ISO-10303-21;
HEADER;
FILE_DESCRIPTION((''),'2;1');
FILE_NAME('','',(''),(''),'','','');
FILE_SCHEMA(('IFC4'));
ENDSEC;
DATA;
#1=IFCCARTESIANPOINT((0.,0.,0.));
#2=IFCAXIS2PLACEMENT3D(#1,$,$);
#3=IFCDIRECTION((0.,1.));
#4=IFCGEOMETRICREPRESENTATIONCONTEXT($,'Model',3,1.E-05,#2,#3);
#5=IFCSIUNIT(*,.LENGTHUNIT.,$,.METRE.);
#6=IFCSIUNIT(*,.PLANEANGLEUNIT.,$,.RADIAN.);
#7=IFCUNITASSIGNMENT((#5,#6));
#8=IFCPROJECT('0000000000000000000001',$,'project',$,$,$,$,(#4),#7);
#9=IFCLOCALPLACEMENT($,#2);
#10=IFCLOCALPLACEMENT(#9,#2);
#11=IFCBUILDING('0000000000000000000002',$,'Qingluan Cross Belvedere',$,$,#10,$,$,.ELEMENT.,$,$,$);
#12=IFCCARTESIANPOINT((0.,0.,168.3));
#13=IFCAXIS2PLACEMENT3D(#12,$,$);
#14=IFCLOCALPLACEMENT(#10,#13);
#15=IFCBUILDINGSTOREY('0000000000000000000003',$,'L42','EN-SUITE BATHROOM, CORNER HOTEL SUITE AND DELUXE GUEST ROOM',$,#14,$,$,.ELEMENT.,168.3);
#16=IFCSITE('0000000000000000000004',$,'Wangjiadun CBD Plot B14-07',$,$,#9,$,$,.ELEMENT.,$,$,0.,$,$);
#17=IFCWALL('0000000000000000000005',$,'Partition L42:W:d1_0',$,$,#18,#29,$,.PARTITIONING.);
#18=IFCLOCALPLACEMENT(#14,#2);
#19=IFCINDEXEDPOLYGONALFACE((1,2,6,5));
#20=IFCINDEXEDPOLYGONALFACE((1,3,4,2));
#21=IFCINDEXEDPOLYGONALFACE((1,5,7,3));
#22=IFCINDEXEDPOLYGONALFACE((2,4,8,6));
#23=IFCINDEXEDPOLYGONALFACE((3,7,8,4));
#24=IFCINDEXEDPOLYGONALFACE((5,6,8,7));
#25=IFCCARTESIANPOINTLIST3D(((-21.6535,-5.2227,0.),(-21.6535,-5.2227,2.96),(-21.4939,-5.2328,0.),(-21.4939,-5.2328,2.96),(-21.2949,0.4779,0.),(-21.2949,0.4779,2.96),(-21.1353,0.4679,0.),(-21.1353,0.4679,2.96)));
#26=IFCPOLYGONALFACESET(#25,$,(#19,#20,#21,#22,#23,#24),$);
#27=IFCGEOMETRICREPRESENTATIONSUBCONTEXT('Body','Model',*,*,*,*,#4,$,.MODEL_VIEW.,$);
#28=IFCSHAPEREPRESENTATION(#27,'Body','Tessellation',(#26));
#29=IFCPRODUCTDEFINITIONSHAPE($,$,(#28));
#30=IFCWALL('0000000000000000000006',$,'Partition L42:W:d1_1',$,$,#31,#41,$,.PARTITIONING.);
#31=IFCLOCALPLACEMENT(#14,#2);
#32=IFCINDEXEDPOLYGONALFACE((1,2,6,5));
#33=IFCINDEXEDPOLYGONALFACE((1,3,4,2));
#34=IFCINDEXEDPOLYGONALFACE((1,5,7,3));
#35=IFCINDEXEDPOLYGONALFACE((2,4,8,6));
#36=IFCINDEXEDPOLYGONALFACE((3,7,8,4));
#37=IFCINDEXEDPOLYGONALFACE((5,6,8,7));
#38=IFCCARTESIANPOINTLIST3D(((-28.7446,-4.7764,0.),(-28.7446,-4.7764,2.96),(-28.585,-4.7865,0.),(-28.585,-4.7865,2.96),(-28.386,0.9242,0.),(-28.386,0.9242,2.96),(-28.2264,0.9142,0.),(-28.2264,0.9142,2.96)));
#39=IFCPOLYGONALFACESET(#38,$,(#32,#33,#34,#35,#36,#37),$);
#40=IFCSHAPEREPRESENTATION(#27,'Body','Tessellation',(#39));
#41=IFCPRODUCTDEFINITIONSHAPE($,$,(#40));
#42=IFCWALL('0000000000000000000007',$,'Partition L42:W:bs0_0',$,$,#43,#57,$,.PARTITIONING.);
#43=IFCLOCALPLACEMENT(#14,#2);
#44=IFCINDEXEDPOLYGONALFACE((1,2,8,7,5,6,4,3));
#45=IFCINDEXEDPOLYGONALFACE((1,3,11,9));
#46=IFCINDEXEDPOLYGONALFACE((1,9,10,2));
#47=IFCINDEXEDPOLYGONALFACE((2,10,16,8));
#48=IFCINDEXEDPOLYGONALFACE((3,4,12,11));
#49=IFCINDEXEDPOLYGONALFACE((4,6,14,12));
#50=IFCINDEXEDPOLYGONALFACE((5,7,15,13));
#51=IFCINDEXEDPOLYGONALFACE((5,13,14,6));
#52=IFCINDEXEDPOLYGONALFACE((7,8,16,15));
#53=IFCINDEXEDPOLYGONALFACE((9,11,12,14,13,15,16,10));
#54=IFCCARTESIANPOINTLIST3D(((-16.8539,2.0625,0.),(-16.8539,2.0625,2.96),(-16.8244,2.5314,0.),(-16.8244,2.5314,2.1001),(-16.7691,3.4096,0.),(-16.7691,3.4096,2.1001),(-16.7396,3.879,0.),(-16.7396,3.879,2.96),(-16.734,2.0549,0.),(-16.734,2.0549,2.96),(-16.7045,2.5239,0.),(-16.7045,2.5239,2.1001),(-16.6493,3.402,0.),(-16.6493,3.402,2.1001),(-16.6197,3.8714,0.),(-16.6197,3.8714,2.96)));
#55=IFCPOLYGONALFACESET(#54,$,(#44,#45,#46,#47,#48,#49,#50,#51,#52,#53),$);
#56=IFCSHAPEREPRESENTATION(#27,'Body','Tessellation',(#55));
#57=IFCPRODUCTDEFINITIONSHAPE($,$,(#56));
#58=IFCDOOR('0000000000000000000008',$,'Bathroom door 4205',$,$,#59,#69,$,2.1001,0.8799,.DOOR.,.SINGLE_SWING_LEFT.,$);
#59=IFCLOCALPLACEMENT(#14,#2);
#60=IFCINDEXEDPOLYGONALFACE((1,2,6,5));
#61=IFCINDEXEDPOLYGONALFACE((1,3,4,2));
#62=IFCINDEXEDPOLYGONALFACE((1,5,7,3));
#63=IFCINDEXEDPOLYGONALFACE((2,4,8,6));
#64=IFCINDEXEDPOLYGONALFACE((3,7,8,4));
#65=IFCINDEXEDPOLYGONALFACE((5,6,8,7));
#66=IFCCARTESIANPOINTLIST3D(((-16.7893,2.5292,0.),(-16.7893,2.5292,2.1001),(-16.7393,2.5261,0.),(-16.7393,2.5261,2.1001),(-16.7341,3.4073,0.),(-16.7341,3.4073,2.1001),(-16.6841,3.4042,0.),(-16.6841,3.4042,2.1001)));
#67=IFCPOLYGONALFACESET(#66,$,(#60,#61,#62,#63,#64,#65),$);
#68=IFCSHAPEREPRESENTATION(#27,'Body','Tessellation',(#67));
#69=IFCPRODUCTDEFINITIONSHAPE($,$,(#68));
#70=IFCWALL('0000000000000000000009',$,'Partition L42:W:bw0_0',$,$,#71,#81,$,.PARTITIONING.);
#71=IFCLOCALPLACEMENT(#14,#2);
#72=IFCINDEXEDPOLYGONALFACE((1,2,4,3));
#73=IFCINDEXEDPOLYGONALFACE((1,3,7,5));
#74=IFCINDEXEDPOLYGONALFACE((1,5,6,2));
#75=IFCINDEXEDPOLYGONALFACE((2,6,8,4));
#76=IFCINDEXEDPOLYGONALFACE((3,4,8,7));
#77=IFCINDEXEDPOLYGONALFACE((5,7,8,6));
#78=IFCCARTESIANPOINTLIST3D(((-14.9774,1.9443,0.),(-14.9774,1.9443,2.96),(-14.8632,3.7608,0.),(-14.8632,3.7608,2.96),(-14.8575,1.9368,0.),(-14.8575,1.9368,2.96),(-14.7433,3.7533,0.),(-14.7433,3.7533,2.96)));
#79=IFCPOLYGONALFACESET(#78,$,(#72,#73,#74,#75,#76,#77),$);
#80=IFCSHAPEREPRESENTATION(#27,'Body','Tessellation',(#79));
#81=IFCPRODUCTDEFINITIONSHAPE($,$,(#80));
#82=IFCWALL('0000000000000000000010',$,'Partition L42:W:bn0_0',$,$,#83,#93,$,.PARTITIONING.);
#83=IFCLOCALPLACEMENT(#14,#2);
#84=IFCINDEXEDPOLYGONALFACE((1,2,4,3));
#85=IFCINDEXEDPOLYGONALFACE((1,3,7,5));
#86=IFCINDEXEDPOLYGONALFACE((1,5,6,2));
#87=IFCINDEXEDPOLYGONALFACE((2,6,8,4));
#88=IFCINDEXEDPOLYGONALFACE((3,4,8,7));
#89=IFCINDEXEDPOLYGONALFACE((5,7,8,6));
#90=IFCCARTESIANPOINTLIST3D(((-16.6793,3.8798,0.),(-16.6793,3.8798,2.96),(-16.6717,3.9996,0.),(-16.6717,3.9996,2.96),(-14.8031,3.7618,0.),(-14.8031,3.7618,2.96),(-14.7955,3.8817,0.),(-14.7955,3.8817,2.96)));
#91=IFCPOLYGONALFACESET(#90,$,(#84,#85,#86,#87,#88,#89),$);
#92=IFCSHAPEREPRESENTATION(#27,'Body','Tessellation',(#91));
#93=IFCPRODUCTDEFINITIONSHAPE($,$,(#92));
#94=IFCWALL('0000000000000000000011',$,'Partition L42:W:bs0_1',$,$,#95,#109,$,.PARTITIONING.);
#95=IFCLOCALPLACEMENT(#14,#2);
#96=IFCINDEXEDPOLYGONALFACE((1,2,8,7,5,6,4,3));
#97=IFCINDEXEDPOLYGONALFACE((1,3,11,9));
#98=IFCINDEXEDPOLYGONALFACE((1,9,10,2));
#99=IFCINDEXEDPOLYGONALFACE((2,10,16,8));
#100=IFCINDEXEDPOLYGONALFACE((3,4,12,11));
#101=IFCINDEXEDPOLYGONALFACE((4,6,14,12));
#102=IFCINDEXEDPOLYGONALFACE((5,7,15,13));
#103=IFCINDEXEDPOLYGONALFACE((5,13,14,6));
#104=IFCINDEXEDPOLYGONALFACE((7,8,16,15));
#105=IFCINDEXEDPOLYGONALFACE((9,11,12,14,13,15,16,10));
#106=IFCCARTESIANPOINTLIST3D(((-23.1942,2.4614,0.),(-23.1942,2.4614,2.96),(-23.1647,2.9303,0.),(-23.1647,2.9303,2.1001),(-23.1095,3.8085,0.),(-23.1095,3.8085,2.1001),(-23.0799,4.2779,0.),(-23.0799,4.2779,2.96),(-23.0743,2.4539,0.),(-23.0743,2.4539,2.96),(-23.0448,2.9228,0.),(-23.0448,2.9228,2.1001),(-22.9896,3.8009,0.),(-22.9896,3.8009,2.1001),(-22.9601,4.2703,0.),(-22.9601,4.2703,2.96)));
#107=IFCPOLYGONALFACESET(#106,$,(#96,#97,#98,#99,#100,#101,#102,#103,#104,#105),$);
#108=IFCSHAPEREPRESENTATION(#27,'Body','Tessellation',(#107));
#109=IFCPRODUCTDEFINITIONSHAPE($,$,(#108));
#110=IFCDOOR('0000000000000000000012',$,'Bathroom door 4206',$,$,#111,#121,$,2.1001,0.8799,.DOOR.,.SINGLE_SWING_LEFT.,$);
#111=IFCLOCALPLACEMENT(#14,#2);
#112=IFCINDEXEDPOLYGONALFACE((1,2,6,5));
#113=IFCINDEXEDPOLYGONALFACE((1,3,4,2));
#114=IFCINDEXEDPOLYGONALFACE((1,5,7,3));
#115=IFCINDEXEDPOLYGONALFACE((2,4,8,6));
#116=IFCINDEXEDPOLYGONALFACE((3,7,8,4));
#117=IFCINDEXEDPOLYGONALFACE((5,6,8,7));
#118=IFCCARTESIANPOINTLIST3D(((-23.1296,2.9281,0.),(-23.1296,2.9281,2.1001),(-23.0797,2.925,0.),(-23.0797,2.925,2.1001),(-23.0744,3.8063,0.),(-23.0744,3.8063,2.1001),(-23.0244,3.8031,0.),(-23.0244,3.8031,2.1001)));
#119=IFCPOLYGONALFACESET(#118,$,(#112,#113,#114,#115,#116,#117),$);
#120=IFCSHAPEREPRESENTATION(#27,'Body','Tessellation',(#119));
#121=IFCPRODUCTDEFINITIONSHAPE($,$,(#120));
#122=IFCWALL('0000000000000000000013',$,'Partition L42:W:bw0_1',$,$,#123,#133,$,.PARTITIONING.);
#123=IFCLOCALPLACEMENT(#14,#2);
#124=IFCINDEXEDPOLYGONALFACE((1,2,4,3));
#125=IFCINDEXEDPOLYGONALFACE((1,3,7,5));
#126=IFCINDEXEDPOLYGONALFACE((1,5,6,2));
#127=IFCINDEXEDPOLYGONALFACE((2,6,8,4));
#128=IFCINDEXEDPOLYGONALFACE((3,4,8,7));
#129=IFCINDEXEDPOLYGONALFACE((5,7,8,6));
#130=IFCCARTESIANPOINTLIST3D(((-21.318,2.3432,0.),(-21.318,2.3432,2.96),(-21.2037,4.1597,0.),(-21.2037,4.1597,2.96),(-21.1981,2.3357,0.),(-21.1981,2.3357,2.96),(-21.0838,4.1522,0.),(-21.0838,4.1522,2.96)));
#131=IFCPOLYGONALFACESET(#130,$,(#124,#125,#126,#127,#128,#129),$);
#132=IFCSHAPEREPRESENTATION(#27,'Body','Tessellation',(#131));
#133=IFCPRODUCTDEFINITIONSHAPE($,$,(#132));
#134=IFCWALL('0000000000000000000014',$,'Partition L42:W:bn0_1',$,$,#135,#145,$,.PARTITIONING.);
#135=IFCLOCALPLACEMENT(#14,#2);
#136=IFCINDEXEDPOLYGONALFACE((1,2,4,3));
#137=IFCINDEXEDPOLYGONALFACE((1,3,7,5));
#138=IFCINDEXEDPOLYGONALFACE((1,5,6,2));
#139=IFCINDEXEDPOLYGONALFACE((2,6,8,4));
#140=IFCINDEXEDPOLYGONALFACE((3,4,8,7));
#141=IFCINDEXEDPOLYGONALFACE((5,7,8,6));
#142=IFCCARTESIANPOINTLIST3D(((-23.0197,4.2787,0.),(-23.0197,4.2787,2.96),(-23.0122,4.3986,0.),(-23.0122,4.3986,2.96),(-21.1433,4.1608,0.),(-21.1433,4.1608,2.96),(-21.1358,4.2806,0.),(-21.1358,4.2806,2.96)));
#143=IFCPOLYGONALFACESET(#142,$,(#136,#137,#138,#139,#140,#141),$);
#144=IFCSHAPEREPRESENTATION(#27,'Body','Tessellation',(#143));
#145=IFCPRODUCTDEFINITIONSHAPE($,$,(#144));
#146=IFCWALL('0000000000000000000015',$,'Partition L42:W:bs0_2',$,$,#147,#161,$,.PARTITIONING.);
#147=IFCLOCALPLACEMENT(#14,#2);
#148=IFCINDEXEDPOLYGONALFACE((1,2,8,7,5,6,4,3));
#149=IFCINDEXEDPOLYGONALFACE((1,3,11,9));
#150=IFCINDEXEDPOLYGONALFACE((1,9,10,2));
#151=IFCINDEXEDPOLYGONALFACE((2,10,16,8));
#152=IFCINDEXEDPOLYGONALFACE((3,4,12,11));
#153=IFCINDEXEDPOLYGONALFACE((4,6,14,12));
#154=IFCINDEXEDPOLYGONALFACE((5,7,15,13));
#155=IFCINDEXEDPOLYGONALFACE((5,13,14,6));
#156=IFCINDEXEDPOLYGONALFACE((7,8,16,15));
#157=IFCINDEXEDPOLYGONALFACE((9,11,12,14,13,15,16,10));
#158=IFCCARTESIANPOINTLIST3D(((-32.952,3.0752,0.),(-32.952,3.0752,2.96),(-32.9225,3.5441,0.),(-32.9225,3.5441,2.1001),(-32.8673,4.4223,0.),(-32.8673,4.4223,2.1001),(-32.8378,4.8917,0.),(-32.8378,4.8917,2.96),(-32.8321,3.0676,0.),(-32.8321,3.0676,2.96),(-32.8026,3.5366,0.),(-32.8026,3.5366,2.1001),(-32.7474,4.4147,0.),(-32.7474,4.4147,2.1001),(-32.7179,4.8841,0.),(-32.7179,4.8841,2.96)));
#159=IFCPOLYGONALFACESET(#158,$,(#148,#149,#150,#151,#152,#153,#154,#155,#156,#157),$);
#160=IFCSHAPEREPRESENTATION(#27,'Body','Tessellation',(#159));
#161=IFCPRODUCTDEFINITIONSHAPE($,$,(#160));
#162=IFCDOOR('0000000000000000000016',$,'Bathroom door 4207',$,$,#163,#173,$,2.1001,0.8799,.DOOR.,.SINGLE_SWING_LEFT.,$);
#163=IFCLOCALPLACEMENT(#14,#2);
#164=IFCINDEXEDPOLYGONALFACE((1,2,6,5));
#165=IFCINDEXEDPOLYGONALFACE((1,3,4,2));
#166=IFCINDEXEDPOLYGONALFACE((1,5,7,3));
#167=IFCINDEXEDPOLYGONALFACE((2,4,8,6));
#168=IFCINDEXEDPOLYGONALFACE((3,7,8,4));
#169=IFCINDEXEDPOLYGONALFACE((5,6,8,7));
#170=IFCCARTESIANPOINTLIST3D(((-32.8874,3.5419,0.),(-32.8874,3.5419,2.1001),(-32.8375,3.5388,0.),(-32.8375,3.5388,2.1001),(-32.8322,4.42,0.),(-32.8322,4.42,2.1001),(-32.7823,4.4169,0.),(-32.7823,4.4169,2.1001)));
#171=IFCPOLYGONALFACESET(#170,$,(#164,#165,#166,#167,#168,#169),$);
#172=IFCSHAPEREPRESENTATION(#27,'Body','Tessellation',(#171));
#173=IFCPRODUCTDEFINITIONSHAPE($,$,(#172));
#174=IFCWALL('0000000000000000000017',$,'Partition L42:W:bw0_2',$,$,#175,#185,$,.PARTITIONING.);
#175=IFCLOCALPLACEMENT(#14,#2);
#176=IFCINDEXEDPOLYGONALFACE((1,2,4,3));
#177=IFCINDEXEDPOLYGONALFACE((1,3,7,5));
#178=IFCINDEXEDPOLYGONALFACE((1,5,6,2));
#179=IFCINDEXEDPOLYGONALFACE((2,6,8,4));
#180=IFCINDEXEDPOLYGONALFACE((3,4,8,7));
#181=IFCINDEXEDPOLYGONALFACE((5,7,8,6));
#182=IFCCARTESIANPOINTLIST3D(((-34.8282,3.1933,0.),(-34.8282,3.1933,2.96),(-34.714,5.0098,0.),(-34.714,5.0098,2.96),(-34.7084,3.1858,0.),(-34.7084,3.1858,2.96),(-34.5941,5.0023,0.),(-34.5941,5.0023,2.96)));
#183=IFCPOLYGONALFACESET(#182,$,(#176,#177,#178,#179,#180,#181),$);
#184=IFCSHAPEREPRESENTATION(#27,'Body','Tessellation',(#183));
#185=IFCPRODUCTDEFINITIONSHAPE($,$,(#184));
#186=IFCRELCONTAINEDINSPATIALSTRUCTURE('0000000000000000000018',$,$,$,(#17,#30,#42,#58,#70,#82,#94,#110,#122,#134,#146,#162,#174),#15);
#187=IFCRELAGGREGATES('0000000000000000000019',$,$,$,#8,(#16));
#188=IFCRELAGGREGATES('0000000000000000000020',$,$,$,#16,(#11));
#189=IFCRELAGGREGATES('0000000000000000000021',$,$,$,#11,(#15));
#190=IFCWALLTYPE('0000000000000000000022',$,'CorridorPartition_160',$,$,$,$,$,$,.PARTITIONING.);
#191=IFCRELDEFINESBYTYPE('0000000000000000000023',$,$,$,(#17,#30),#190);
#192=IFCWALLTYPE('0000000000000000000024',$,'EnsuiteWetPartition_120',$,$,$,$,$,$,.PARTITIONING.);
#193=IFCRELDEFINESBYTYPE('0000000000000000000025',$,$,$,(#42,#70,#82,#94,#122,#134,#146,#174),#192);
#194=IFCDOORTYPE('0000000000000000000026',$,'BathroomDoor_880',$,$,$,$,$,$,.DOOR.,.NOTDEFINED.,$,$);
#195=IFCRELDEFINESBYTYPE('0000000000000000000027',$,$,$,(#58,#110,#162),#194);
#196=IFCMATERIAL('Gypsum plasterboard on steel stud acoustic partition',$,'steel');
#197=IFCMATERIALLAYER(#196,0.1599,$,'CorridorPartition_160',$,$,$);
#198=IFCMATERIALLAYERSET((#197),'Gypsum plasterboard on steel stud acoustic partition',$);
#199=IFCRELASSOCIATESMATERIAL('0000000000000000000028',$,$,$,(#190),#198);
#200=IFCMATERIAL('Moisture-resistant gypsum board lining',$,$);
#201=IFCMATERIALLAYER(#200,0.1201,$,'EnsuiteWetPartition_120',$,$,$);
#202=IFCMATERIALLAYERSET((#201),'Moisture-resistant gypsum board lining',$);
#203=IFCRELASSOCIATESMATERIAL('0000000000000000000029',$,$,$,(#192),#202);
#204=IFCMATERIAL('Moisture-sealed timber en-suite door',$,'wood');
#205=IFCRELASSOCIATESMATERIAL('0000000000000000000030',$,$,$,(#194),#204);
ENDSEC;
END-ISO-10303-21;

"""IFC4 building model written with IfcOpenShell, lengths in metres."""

from ifc_helpers import new_model, si_unit, direction, frame, frame_2d, origin, place, context, subcontext, project, spatial, rectangle, extrude, material, layer, layer_set, type_object, element, fill, save


model = new_model("IFC4")

# Units and contexts
model_context = context("Model", 3, precision=1e-05, world=origin(), true_north=direction((0.0, 1.0)))
body_context = subcontext(model_context, "Body", "Model", "MODEL_VIEW")
ifc_project = project(units=[si_unit("LENGTHUNIT", "METRE"), si_unit("PLANEANGLEUNIT", "RADIAN")], contexts=[model_context])

# Site, building, storey
site_placement = place(None, origin())
site = spatial("IfcSite", under=ifc_project, at=site_placement, Name="Wangjiadun CBD Plot B14-07", CompositionType="ELEMENT", RefElevation=0.0)
building_placement = place(site_placement, origin())
building = spatial("IfcBuilding", under=site, at=building_placement, Name="Qingluan Cross Belvedere", CompositionType="ELEMENT")
storey_placement = place(building_placement, frame((0.0, 0.0, 168.3)))
storey = spatial("IfcBuildingStorey", under=building, at=storey_placement, Name="L42", Description="EN-SUITE BATHROOM, CORNER HOTEL SUITE AND DELUXE GUEST ROOM", CompositionType="ELEMENT", Elevation=168.3)

# Shared definitions
ifc_material_1 = material(Name="Gypsum plasterboard on steel stud acoustic partition", Category="steel")
ifc_layer_1 = layer(ifc_material_1, 0.1599, Name="CorridorPartition_160")
ifc_layer_set_1 = layer_set([ifc_layer_1], Name="Gypsum plasterboard on steel stud acoustic partition")
wall_type_1 = type_object("IfcWallType", Name="CorridorPartition_160", PredefinedType="PARTITIONING", material=ifc_layer_set_1)

# Walls
for number, where, z_axis, x_axis, name in (
    (1, (-21.2151, 0.4729, 0.0), (0.0, 0.0, 1.0), (-0.062788, -0.998027, 0.0), "Partition L42:W:d1_0"),
    (2, (-28.3062, 0.9192, 0.0), (0.0, 0.0, 1.0), (-0.062788, -0.998027, 0.0), "Partition L42:W:d1_1"),
):
    element("IfcWall", number, at=place(storey_placement, frame(where, z_axis=z_axis, x_axis=x_axis)), inside=storey, type_object=wall_type_1, Name=name, PredefinedType="PARTITIONING", context=body_context, shape_type="SweptSolid", body=[
        extrude(rectangle(XDim=5.7119, YDim=0.1599, at=frame_2d((2.856, 0.0))), origin(), (0.0, 0.0, 1.0), 2.96),
    ])

# Wall, opening, door
ifc_material_2 = material(Name="Moisture-resistant gypsum board lining")
ifc_layer_2 = layer(ifc_material_2, 0.1201, Name="EnsuiteWetPartition_120")
ifc_layer_set_2 = layer_set([ifc_layer_2], Name="Moisture-resistant gypsum board lining")
wall_type_2 = type_object("IfcWallType", Name="EnsuiteWetPartition_120", PredefinedType="PARTITIONING", material=ifc_layer_set_2)
wall_1_placement = place(storey_placement, frame((-16.7939, 2.0586, 0.0), z_axis=(0.0, 0.0, 1.0), x_axis=(0.062779, 0.998027, 0.0)))
wall_1 = element("IfcWall", 3, at=wall_1_placement, inside=storey, type_object=wall_type_2, Name="Partition L42:W:bs0_0", PredefinedType="PARTITIONING", context=body_context, shape_type="SweptSolid", body=[
    extrude(rectangle(XDim=1.8201, YDim=0.1201, at=frame_2d((0.9102, 0.0))), origin(), (0.0, 0.0, 1.0), 2.96),
])
opening_1_placement = place(wall_1_placement, frame((0.47, 0.0, 0.0)))
opening_1 = element("IfcOpeningElement", 4, at=opening_1_placement, cuts=wall_1, PredefinedType="OPENING", context=body_context, shape_type="SweptSolid", body=[
    extrude(rectangle(XDim=0.8799, YDim=2.1001, at=frame_2d((0.4399, 1.05))), frame((0.0, 0.0701, 0.0), z_axis=(0.0, -1.0, 0.0), x_axis=(1.0, 0.0, 0.0)), (0.0, 0.0, 1.0), 0.1401),
])
ifc_material_3 = material(Name="Moisture-sealed timber en-suite door", Category="wood")
door_type_1 = type_object("IfcDoorType", Name="BathroomDoor_880", OperationType="NOTDEFINED", PredefinedType="DOOR", material=ifc_material_3)
door_1_placement = place(opening_1_placement, origin())
door_1 = element("IfcDoor", 5, at=door_1_placement, inside=storey, type_object=door_type_1, Name="Bathroom door 4205", OperationType="SINGLE_SWING_LEFT", OverallHeight=2.1001, OverallWidth=0.8799, PredefinedType="DOOR", context=body_context, shape_type="SweptSolid", body=[
    extrude(rectangle(XDim=0.8799, YDim=2.1001, at=frame_2d((0.4399, 1.05))), frame((0.0, 0.0249, 0.0), z_axis=(0.0, -1.0, 0.0), x_axis=(1.0, 0.0, 0.0)), (0.0, 0.0, 1.0), 0.05),
])
fill(opening_1, door_1)

# Walls
wall_2_placement = place(storey_placement, frame((-14.9175, 1.9404, 0.0), z_axis=(0.0, 0.0, 1.0), x_axis=(0.062779, 0.998027, 0.0)))
element("IfcWall", 6, at=wall_2_placement, inside=storey, type_object=wall_type_2, Name="Partition L42:W:bw0_0", PredefinedType="PARTITIONING", context=body_context, shape_type="SweptSolid", body=[
    extrude(rectangle(XDim=1.8201, YDim=0.1201, at=frame_2d((0.9102, 0.0))), origin(), (0.0, 0.0, 1.0), 2.96),
])
wall_3_placement = place(storey_placement, frame((-14.7993, 3.8218, 0.0), z_axis=(0.0, 0.0, 1.0), x_axis=(-0.998031, 0.062726, 0.0)))
element("IfcWall", 7, at=wall_3_placement, inside=storey, type_object=wall_type_2, Name="Partition L42:W:bn0_0", PredefinedType="PARTITIONING", context=body_context, shape_type="SweptSolid", body=[
    extrude(rectangle(XDim=1.8799, YDim=0.1201, at=frame_2d((0.9399, 0.0))), origin(), (0.0, 0.0, 1.0), 2.96),
])

# Wall, opening, door
wall_4_placement = place(storey_placement, frame((-23.1343, 2.4575, 0.0), z_axis=(0.0, 0.0, 1.0), x_axis=(0.062779, 0.998027, 0.0)))
wall_4 = element("IfcWall", 8, at=wall_4_placement, inside=storey, type_object=wall_type_2, Name="Partition L42:W:bs0_1", PredefinedType="PARTITIONING", context=body_context, shape_type="SweptSolid", body=[
    extrude(rectangle(XDim=1.8201, YDim=0.1201, at=frame_2d((0.9102, 0.0))), origin(), (0.0, 0.0, 1.0), 2.96),
])
opening_2_placement = place(wall_4_placement, frame((0.47, 0.0, 0.0)))
opening_2 = element("IfcOpeningElement", 9, at=opening_2_placement, cuts=wall_4, PredefinedType="OPENING", context=body_context, shape_type="SweptSolid", body=[
    extrude(rectangle(XDim=0.8799, YDim=2.1001, at=frame_2d((0.4399, 1.05))), frame((0.0, 0.0701, 0.0), z_axis=(0.0, -1.0, 0.0), x_axis=(1.0, 0.0, 0.0)), (0.0, 0.0, 1.0), 0.1401),
])
door_2_placement = place(opening_2_placement, origin())
door_2 = element("IfcDoor", 10, at=door_2_placement, inside=storey, type_object=door_type_1, Name="Bathroom door 4206", OperationType="SINGLE_SWING_LEFT", OverallHeight=2.1001, OverallWidth=0.8799, PredefinedType="DOOR", context=body_context, shape_type="SweptSolid", body=[
    extrude(rectangle(XDim=0.8799, YDim=2.1001, at=frame_2d((0.4399, 1.05))), frame((0.0, 0.0249, 0.0), z_axis=(0.0, -1.0, 0.0), x_axis=(1.0, 0.0, 0.0)), (0.0, 0.0, 1.0), 0.05),
])
fill(opening_2, door_2)

# Walls
wall_5_placement = place(storey_placement, frame((-21.2581, 2.3394, 0.0), z_axis=(0.0, 0.0, 1.0), x_axis=(0.062779, 0.998027, 0.0)))
element("IfcWall", 11, at=wall_5_placement, inside=storey, type_object=wall_type_2, Name="Partition L42:W:bw0_1", PredefinedType="PARTITIONING", context=body_context, shape_type="SweptSolid", body=[
    extrude(rectangle(XDim=1.8201, YDim=0.1201, at=frame_2d((0.9102, 0.0))), origin(), (0.0, 0.0, 1.0), 2.96),
])
wall_6_placement = place(storey_placement, frame((-21.1396, 4.2207, 0.0), z_axis=(0.0, 0.0, 1.0), x_axis=(-0.998031, 0.062718, 0.0)))
element("IfcWall", 12, at=wall_6_placement, inside=storey, type_object=wall_type_2, Name="Partition L42:W:bn0_1", PredefinedType="PARTITIONING", context=body_context, shape_type="SweptSolid", body=[
    extrude(rectangle(XDim=1.8801, YDim=0.1201, at=frame_2d((0.9399, 0.0))), origin(), (0.0, 0.0, 1.0), 2.96),
])

# Wall, opening, door
wall_7_placement = place(storey_placement, frame((-32.8921, 3.0713, 0.0), z_axis=(0.0, 0.0, 1.0), x_axis=(0.062779, 0.998027, 0.0)))
wall_7 = element("IfcWall", 13, at=wall_7_placement, inside=storey, type_object=wall_type_2, Name="Partition L42:W:bs0_2", PredefinedType="PARTITIONING", context=body_context, shape_type="SweptSolid", body=[
    extrude(rectangle(XDim=1.8201, YDim=0.1201, at=frame_2d((0.9102, 0.0))), origin(), (0.0, 0.0, 1.0), 2.96),
])
opening_3_placement = place(wall_7_placement, frame((0.47, 0.0, 0.0)))
opening_3 = element("IfcOpeningElement", 14, at=opening_3_placement, cuts=wall_7, PredefinedType="OPENING", context=body_context, shape_type="SweptSolid", body=[
    extrude(rectangle(XDim=0.8799, YDim=2.1001, at=frame_2d((0.4399, 1.05))), frame((0.0, 0.0701, 0.0), z_axis=(0.0, -1.0, 0.0), x_axis=(1.0, 0.0, 0.0)), (0.0, 0.0, 1.0), 0.1401),
])
door_3_placement = place(opening_3_placement, origin())
door_3 = element("IfcDoor", 15, at=door_3_placement, inside=storey, type_object=door_type_1, Name="Bathroom door 4207", OperationType="SINGLE_SWING_LEFT", OverallHeight=2.1001, OverallWidth=0.8799, PredefinedType="DOOR", context=body_context, shape_type="SweptSolid", body=[
    extrude(rectangle(XDim=0.8799, YDim=2.1001, at=frame_2d((0.4399, 1.05))), frame((0.0, 0.0249, 0.0), z_axis=(0.0, -1.0, 0.0), x_axis=(1.0, 0.0, 0.0)), (0.0, 0.0, 1.0), 0.05),
])
fill(opening_3, door_3)

# Wall
wall_8_placement = place(storey_placement, frame((-34.7683, 3.1895, 0.0), z_axis=(0.0, 0.0, 1.0), x_axis=(0.062779, 0.998027, 0.0)))
element("IfcWall", 16, at=wall_8_placement, inside=storey, type_object=wall_type_2, Name="Partition L42:W:bw0_2", PredefinedType="PARTITIONING", context=body_context, shape_type="SweptSolid", body=[
    extrude(rectangle(XDim=1.8201, YDim=0.1201, at=frame_2d((0.9102, 0.0))), origin(), (0.0, 0.0, 1.0), 2.96),
])

save(model, "model.ifc")
